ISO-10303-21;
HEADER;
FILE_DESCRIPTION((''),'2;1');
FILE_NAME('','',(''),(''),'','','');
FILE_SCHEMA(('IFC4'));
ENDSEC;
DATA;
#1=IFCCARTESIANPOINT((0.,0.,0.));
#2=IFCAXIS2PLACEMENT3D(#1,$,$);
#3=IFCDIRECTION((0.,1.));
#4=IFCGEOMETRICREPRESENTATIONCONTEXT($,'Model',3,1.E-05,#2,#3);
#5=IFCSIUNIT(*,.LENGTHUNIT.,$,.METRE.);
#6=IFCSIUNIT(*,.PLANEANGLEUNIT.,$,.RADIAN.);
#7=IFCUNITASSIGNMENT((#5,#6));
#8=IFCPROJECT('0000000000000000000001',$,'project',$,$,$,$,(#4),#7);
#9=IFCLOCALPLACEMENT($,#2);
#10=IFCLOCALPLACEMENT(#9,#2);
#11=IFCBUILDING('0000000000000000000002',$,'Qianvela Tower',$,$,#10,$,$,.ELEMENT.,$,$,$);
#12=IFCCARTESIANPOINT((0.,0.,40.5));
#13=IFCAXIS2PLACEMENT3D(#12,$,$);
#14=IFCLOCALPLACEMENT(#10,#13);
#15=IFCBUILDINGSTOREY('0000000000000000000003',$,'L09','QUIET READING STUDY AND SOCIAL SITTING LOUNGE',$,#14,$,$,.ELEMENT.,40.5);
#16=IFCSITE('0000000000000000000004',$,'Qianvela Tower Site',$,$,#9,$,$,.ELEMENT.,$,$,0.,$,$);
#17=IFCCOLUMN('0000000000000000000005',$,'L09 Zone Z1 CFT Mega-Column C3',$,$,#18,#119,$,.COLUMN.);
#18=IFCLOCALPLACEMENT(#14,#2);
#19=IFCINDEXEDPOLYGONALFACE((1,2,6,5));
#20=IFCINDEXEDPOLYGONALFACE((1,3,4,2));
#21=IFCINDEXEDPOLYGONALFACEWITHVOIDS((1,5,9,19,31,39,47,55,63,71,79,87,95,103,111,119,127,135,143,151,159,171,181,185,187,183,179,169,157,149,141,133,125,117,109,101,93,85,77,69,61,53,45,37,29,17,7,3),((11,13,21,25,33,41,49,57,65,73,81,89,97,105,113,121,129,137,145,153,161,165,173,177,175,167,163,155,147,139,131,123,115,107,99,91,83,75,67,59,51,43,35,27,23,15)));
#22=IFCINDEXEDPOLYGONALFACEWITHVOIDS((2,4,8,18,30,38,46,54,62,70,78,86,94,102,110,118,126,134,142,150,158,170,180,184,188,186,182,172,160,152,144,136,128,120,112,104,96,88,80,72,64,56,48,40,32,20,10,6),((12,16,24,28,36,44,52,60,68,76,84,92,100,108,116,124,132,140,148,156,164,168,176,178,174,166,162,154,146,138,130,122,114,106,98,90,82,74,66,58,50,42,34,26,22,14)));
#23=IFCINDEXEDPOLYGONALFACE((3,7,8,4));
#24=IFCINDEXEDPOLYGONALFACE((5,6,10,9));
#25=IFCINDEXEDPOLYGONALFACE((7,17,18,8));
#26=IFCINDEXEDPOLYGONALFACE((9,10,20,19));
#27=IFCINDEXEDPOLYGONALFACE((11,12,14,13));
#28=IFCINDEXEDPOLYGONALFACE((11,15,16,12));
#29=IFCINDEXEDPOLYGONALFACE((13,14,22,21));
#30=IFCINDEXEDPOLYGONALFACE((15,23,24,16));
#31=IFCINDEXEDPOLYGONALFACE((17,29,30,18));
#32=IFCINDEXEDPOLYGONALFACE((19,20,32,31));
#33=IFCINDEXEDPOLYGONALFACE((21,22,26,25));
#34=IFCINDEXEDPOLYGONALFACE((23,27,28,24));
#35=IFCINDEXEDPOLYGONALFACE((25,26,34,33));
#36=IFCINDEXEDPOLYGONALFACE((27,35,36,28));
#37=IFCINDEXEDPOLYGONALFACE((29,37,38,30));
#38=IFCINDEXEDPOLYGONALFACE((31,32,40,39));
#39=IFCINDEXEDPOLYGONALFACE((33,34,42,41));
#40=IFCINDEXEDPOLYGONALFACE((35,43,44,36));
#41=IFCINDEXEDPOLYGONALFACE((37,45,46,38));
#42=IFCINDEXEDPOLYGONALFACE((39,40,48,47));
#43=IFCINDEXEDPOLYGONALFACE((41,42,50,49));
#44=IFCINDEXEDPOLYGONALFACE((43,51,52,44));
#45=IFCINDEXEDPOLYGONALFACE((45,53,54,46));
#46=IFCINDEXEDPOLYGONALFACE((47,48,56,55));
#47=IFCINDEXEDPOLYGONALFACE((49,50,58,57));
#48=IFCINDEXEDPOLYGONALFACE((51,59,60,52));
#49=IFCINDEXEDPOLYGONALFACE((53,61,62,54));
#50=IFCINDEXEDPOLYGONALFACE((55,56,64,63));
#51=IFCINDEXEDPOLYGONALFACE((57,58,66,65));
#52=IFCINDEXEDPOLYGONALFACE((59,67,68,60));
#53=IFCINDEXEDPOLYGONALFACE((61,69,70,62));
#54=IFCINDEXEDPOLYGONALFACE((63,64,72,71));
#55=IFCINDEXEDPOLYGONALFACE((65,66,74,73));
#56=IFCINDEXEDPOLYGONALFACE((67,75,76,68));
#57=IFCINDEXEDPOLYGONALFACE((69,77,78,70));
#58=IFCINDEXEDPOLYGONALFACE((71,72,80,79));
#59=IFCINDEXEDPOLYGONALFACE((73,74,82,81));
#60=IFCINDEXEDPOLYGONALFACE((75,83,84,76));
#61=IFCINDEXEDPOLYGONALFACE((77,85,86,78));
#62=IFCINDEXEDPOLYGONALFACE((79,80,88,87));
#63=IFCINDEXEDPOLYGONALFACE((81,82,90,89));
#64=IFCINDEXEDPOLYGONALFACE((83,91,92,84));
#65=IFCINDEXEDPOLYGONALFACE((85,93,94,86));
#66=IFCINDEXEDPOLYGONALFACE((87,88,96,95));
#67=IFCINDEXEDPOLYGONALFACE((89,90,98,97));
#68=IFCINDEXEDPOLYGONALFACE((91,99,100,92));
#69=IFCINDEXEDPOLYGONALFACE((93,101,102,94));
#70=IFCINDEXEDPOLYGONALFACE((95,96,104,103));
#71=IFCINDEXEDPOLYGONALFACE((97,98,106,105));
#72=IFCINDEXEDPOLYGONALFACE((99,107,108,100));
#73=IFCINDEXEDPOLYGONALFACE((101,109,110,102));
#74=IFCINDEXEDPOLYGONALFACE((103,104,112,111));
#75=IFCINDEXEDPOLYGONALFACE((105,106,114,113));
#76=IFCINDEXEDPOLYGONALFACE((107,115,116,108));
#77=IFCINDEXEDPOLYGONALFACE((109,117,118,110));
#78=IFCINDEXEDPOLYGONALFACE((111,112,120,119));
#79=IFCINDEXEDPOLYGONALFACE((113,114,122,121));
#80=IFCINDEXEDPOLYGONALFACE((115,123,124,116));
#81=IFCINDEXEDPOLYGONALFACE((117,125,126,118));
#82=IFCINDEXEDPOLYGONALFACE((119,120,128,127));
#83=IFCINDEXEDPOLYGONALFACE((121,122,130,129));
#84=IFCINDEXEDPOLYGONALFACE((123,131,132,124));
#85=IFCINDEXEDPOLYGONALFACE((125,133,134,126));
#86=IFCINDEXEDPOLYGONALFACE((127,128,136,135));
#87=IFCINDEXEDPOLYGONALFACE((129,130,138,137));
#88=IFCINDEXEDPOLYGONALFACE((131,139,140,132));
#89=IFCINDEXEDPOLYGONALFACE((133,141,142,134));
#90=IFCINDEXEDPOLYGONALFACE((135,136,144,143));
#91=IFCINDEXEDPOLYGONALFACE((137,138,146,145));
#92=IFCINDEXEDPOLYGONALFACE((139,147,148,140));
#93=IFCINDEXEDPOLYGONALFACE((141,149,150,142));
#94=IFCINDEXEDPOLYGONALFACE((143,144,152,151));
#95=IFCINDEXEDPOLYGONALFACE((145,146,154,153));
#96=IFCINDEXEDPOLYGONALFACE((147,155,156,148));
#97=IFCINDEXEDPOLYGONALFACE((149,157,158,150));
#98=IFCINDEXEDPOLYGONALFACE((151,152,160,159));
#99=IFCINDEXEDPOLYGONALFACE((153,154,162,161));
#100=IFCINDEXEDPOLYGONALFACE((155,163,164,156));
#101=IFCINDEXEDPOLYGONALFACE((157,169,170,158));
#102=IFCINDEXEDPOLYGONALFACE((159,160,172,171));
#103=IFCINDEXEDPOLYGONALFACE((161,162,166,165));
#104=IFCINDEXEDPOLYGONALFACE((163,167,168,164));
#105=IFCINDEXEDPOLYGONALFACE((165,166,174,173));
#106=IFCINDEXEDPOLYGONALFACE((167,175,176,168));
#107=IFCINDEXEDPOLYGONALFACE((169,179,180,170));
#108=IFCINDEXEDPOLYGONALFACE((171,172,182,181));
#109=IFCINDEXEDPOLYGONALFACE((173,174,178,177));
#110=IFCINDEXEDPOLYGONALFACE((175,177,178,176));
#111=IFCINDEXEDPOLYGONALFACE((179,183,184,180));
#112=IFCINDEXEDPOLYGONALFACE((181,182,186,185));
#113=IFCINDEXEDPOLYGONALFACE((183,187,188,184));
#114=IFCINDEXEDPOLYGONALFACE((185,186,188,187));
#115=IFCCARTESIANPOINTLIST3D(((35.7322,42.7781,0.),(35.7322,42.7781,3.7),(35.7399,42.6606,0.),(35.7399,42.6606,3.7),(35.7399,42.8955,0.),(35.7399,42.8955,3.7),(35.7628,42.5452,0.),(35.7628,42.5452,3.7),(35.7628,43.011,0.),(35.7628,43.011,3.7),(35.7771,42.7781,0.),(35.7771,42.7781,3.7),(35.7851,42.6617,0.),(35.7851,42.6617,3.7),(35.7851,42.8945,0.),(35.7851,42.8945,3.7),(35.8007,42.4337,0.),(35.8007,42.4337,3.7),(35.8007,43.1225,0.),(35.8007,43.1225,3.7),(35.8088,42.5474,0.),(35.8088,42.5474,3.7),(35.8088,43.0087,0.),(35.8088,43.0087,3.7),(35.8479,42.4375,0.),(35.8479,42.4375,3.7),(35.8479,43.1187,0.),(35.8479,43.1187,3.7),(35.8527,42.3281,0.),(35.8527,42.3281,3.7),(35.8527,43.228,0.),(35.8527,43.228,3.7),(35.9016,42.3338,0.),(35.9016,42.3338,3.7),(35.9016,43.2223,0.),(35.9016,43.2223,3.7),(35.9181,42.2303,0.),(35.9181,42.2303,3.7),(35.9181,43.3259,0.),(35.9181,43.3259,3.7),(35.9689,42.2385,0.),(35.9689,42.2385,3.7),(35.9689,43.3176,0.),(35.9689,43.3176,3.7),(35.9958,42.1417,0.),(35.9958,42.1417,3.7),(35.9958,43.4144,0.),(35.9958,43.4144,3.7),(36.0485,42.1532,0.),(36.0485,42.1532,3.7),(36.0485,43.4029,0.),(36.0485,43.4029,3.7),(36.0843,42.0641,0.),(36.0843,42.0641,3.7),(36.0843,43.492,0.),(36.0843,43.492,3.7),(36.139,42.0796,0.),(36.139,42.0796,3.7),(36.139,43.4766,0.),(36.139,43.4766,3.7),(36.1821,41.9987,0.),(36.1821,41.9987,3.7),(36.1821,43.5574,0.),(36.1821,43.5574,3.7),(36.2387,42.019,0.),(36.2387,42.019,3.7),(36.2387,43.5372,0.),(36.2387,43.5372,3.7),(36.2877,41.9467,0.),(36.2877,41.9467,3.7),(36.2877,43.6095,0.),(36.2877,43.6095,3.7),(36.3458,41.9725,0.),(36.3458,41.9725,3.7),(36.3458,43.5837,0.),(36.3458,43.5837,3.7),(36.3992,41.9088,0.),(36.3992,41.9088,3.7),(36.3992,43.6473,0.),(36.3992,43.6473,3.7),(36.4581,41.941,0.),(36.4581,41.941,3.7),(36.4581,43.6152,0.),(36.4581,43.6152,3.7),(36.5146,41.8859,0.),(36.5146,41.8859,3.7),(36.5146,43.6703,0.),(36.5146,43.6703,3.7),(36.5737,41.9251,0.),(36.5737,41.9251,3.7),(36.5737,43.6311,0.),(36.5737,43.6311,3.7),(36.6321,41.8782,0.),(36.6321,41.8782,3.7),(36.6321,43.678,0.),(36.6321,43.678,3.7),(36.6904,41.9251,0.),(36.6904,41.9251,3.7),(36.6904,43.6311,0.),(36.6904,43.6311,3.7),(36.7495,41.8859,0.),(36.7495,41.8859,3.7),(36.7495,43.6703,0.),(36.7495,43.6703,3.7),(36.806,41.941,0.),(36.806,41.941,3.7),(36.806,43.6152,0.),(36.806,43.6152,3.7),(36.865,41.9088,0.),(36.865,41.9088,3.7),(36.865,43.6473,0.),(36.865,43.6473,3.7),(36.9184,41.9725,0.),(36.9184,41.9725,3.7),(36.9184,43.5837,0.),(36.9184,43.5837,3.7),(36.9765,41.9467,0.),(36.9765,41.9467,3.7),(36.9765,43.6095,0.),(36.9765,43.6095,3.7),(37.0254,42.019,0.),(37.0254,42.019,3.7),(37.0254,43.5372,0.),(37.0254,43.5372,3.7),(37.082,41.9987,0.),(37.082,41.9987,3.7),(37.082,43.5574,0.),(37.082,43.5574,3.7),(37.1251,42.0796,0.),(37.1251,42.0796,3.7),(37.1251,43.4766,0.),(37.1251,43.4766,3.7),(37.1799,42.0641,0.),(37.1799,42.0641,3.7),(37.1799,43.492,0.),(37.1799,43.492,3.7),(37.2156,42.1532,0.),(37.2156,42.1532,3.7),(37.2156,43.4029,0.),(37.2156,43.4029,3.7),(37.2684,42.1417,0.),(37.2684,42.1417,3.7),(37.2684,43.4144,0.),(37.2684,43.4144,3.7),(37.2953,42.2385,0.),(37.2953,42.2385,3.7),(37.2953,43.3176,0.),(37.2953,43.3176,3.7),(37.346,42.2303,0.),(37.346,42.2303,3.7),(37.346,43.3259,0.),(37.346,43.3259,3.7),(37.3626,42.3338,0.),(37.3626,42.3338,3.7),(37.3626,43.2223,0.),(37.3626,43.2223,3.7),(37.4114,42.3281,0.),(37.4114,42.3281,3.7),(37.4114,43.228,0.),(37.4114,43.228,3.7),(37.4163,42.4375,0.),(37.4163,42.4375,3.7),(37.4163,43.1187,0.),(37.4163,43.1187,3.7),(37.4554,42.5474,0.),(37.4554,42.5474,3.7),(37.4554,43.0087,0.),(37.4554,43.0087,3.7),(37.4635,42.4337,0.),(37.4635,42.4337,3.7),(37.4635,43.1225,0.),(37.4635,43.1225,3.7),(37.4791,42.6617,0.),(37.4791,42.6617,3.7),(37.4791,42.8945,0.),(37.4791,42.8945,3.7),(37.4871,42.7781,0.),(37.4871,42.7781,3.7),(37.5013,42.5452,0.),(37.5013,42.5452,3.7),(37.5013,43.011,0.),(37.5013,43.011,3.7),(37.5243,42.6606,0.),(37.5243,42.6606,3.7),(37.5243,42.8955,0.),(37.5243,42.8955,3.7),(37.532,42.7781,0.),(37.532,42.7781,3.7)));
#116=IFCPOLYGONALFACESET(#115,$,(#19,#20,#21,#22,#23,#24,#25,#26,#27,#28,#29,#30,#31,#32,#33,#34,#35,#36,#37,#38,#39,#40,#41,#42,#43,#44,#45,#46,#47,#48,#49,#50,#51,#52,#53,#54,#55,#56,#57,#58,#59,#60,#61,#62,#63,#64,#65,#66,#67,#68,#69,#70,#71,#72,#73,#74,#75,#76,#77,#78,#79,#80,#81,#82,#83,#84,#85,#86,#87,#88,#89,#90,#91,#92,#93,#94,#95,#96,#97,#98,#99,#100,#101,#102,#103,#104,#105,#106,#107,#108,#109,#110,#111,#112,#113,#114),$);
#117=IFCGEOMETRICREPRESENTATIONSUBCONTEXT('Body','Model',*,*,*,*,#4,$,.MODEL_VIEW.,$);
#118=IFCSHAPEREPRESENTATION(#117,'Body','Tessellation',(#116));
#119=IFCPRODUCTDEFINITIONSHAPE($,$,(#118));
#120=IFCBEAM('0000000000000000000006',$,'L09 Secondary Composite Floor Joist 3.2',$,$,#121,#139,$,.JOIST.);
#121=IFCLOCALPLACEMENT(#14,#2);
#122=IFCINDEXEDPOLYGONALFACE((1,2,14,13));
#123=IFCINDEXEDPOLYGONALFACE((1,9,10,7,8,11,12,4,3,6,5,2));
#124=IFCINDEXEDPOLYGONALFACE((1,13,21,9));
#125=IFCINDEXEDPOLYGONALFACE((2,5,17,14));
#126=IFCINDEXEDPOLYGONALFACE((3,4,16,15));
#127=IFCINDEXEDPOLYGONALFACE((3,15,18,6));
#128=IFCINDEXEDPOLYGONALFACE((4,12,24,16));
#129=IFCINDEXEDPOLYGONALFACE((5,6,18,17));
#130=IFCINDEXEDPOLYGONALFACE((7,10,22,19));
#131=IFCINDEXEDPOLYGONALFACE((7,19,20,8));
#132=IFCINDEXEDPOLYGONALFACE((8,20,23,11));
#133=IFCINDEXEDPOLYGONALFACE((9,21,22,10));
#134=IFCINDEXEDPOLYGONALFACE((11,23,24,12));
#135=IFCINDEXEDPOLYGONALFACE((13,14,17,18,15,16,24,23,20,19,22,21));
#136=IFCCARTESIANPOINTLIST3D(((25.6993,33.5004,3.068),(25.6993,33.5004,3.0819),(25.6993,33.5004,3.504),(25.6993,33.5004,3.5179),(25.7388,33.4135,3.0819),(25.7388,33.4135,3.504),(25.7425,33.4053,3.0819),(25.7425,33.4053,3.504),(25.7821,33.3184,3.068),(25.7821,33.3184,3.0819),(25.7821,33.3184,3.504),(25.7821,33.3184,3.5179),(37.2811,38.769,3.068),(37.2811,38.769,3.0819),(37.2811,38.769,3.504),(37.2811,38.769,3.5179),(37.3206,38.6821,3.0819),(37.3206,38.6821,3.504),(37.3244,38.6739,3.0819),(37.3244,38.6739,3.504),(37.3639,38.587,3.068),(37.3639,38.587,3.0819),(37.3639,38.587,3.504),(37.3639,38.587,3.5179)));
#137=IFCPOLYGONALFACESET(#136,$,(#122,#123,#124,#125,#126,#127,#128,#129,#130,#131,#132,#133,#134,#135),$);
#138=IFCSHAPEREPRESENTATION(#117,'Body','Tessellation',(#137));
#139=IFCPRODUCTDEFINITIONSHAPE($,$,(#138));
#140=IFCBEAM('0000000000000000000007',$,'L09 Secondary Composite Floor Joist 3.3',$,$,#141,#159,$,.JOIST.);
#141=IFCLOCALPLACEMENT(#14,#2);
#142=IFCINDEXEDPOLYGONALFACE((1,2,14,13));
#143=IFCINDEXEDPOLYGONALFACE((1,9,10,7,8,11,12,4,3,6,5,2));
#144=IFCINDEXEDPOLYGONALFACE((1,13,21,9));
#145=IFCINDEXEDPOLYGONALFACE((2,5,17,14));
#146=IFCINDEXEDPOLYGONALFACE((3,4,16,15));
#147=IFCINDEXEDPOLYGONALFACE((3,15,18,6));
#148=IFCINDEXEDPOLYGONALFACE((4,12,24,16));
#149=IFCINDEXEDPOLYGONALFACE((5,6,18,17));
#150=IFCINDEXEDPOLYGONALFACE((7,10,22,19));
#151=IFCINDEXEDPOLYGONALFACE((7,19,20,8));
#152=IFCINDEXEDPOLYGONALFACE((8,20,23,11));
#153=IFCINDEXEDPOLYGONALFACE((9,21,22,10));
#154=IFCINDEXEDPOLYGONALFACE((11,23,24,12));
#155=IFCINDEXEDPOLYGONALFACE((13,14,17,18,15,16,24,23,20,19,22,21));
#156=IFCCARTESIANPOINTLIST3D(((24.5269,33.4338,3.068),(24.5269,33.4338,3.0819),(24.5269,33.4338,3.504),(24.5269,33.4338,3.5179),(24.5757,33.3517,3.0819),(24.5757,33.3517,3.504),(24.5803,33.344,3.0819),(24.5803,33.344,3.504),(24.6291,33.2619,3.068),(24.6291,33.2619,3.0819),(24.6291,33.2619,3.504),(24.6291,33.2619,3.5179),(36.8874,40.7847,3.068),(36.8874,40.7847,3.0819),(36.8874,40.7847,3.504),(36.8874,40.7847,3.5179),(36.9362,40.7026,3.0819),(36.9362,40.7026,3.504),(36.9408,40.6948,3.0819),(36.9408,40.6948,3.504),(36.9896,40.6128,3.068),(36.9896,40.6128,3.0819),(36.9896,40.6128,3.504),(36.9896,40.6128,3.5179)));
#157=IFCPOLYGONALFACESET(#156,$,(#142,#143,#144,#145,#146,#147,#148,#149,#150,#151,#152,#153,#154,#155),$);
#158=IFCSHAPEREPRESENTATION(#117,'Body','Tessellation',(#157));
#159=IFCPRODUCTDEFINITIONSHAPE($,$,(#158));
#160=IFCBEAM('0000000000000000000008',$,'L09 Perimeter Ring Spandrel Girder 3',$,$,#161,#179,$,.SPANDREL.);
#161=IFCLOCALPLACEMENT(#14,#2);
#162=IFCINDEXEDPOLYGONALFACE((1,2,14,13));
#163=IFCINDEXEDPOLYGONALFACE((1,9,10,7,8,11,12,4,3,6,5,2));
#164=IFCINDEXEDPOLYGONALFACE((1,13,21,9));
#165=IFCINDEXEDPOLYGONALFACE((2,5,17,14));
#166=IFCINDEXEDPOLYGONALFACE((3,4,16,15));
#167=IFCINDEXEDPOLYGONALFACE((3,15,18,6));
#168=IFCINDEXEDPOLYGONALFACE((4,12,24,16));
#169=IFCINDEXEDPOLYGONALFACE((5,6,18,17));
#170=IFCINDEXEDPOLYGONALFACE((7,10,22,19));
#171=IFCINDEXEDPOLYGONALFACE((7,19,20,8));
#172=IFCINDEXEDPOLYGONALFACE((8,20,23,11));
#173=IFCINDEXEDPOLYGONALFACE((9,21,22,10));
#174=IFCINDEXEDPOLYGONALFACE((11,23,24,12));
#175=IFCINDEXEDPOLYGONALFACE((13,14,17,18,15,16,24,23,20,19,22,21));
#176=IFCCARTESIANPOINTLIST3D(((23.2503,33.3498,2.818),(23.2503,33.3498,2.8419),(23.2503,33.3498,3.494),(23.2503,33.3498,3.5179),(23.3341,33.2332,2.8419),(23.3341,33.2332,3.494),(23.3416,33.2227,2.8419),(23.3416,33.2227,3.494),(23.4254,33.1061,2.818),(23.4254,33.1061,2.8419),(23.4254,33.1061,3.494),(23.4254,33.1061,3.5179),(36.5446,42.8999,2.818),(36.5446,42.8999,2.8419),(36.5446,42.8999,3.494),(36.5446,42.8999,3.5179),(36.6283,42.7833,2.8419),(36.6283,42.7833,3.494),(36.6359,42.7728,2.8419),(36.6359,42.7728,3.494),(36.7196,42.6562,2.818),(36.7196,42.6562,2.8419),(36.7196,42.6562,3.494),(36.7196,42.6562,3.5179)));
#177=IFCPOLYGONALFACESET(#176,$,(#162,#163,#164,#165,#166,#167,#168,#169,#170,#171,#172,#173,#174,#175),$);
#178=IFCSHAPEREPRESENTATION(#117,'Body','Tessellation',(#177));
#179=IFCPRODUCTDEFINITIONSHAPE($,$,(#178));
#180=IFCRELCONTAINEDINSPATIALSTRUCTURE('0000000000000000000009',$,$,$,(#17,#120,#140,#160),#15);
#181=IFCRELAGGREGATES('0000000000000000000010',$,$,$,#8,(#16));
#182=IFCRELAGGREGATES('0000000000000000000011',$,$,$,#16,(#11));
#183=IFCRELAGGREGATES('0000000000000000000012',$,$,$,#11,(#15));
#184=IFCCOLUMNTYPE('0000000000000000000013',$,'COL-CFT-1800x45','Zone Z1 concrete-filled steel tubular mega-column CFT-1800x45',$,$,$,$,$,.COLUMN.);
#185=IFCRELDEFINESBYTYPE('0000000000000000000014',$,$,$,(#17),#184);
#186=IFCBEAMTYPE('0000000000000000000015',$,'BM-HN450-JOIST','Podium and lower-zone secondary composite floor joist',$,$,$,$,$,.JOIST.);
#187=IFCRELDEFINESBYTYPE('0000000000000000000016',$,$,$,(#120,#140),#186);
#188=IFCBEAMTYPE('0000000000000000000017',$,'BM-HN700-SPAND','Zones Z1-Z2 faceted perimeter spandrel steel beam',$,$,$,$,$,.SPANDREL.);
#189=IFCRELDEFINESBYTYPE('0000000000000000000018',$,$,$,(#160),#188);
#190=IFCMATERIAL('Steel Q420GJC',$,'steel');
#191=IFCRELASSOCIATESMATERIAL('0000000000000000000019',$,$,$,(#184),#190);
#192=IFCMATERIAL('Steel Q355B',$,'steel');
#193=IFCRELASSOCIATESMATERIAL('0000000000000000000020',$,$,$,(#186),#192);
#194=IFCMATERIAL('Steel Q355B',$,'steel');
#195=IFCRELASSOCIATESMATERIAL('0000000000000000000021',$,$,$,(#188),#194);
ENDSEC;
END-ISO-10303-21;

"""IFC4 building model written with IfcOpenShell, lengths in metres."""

from ifc_helpers import new_model, si_unit, direction, frame, origin, origin_2d, place, context, subcontext, project, spatial, hollow_circle, i_section, extrude, material, material_profile, profile_set, type_object, element, save


model = new_model("IFC4")

# Units and contexts
model_context = context("Model", 3, precision=1e-05, world=origin(), true_north=direction((0.0, 1.0)))
body_context = subcontext(model_context, "Body", "Model", "MODEL_VIEW")
ifc_project = project(units=[si_unit("LENGTHUNIT", "METRE"), si_unit("PLANEANGLEUNIT", "RADIAN")], contexts=[model_context])

# Site, building, storey
site_placement = place(None, origin())
site = spatial("IfcSite", under=ifc_project, at=site_placement, Name="Qianvela Tower Site", CompositionType="ELEMENT", RefElevation=0.0)
building_placement = place(site_placement, origin())
building = spatial("IfcBuilding", under=site, at=building_placement, Name="Qianvela Tower", CompositionType="ELEMENT")
storey_placement = place(building_placement, frame((0.0, 0.0, 40.5)))
storey = spatial("IfcBuildingStorey", under=building, at=storey_placement, Name="L09", Description="QUIET READING STUDY AND SOCIAL SITTING LOUNGE", CompositionType="ELEMENT", Elevation=40.5)

# Column
ifc_material_1 = material(Name="Steel Q420GJC", Category="steel")
ifc_material_profile_1 = material_profile(ifc_material_1, hollow_circle(Radius=0.8999, WallThickness=0.0449, at=origin_2d()), Name="CFT-1800x45")
ifc_profile_set_1 = profile_set([ifc_material_profile_1], Name="Steel Q420GJC")
column_type = type_object("IfcColumnType", Name="COL-CFT-1800x45", Description="Zone Z1 concrete-filled steel tubular mega-column CFT-1800x45", PredefinedType="COLUMN", material=ifc_profile_set_1)
column_placement = place(storey_placement, frame((36.6321, 42.7781, 0.0), z_axis=(0.0, 0.0, 1.0), x_axis=(1.0, 0.0, 0.0)))
element("IfcColumn", 1, at=column_placement, inside=storey, type_object=column_type, Name="L09 Zone Z1 CFT Mega-Column C3", PredefinedType="COLUMN", context=body_context, shape_type="SweptSolid", body=[
    extrude(hollow_circle(Radius=0.8999, WallThickness=0.0449, at=origin_2d()), origin(), (0.0, 0.0, 1.0), 3.7),
])

# Beams
ifc_material_2 = material(Name="Steel Q355B", Category="steel")
ifc_material_profile_2 = material_profile(ifc_material_2, i_section(OverallWidth=0.2, OverallDepth=0.45, WebThickness=0.009, FlangeThickness=0.0139, at=origin_2d()), Name="HN450x200x9x14")
ifc_profile_set_2 = profile_set([ifc_material_profile_2], Name="Steel Q355B")
beam_type_1 = type_object("IfcBeamType", Name="BM-HN450-JOIST", Description="Podium and lower-zone secondary composite floor joist", PredefinedType="JOIST", material=ifc_profile_set_2)
beam_1_placement = place(storey_placement, frame((37.3225, 38.678, 3.293), z_axis=(-0.910245, -0.41407, 0.0), x_axis=(0.41407, -0.910245, 0.0)))
element("IfcBeam", 2, at=beam_1_placement, inside=storey, type_object=beam_type_1, Name="L09 Secondary Composite Floor Joist 3.2", PredefinedType="JOIST", context=body_context, shape_type="SweptSolid", body=[
    extrude(i_section(OverallWidth=0.2, OverallDepth=0.45, WebThickness=0.009, FlangeThickness=0.0139, at=origin_2d()), origin(), (0.0, 0.0, 1.0), 12.7239),
])
beam_2_placement = place(storey_placement, frame((36.9385, 40.6987, 3.293), z_axis=(-0.859492, -0.511149, 0.0), x_axis=(0.511149, -0.859492, 0.0)))
element("IfcBeam", 3, at=beam_2_placement, inside=storey, type_object=beam_type_1, Name="L09 Secondary Composite Floor Joist 3.3", PredefinedType="JOIST", context=body_context, shape_type="SweptSolid", body=[
    extrude(i_section(OverallWidth=0.2, OverallDepth=0.45, WebThickness=0.009, FlangeThickness=0.0139, at=origin_2d()), origin(), (0.0, 0.0, 1.0), 14.3811),
])
ifc_material_3 = material(Name="Steel Q355B", Category="steel")
ifc_material_profile_3 = material_profile(ifc_material_3, i_section(OverallWidth=0.3, OverallDepth=0.7, WebThickness=0.0129, FlangeThickness=0.0239, at=origin_2d()), Name="HN700x300x13x24")
ifc_profile_set_3 = profile_set([ifc_material_profile_3], Name="Steel Q355B")
beam_type_2 = type_object("IfcBeamType", Name="BM-HN700-SPAND", Description="Zones Z1-Z2 faceted perimeter spandrel steel beam", PredefinedType="SPANDREL", material=ifc_profile_set_3)
beam_3_placement = place(storey_placement, frame((36.6321, 42.7781, 3.168), z_axis=(-0.812164, -0.583429, 0.0), x_axis=(0.583429, -0.812164, 0.0)))
element("IfcBeam", 4, at=beam_3_placement, inside=storey, type_object=beam_type_2, Name="L09 Perimeter Ring Spandrel Girder 3", PredefinedType="SPANDREL", context=body_context, shape_type="SweptSolid", body=[
    extrude(i_section(OverallWidth=0.3, OverallDepth=0.7, WebThickness=0.0129, FlangeThickness=0.0239, at=origin_2d()), origin(), (0.0, 0.0, 1.0), 16.3689),
])

save(model, "model.ifc")
